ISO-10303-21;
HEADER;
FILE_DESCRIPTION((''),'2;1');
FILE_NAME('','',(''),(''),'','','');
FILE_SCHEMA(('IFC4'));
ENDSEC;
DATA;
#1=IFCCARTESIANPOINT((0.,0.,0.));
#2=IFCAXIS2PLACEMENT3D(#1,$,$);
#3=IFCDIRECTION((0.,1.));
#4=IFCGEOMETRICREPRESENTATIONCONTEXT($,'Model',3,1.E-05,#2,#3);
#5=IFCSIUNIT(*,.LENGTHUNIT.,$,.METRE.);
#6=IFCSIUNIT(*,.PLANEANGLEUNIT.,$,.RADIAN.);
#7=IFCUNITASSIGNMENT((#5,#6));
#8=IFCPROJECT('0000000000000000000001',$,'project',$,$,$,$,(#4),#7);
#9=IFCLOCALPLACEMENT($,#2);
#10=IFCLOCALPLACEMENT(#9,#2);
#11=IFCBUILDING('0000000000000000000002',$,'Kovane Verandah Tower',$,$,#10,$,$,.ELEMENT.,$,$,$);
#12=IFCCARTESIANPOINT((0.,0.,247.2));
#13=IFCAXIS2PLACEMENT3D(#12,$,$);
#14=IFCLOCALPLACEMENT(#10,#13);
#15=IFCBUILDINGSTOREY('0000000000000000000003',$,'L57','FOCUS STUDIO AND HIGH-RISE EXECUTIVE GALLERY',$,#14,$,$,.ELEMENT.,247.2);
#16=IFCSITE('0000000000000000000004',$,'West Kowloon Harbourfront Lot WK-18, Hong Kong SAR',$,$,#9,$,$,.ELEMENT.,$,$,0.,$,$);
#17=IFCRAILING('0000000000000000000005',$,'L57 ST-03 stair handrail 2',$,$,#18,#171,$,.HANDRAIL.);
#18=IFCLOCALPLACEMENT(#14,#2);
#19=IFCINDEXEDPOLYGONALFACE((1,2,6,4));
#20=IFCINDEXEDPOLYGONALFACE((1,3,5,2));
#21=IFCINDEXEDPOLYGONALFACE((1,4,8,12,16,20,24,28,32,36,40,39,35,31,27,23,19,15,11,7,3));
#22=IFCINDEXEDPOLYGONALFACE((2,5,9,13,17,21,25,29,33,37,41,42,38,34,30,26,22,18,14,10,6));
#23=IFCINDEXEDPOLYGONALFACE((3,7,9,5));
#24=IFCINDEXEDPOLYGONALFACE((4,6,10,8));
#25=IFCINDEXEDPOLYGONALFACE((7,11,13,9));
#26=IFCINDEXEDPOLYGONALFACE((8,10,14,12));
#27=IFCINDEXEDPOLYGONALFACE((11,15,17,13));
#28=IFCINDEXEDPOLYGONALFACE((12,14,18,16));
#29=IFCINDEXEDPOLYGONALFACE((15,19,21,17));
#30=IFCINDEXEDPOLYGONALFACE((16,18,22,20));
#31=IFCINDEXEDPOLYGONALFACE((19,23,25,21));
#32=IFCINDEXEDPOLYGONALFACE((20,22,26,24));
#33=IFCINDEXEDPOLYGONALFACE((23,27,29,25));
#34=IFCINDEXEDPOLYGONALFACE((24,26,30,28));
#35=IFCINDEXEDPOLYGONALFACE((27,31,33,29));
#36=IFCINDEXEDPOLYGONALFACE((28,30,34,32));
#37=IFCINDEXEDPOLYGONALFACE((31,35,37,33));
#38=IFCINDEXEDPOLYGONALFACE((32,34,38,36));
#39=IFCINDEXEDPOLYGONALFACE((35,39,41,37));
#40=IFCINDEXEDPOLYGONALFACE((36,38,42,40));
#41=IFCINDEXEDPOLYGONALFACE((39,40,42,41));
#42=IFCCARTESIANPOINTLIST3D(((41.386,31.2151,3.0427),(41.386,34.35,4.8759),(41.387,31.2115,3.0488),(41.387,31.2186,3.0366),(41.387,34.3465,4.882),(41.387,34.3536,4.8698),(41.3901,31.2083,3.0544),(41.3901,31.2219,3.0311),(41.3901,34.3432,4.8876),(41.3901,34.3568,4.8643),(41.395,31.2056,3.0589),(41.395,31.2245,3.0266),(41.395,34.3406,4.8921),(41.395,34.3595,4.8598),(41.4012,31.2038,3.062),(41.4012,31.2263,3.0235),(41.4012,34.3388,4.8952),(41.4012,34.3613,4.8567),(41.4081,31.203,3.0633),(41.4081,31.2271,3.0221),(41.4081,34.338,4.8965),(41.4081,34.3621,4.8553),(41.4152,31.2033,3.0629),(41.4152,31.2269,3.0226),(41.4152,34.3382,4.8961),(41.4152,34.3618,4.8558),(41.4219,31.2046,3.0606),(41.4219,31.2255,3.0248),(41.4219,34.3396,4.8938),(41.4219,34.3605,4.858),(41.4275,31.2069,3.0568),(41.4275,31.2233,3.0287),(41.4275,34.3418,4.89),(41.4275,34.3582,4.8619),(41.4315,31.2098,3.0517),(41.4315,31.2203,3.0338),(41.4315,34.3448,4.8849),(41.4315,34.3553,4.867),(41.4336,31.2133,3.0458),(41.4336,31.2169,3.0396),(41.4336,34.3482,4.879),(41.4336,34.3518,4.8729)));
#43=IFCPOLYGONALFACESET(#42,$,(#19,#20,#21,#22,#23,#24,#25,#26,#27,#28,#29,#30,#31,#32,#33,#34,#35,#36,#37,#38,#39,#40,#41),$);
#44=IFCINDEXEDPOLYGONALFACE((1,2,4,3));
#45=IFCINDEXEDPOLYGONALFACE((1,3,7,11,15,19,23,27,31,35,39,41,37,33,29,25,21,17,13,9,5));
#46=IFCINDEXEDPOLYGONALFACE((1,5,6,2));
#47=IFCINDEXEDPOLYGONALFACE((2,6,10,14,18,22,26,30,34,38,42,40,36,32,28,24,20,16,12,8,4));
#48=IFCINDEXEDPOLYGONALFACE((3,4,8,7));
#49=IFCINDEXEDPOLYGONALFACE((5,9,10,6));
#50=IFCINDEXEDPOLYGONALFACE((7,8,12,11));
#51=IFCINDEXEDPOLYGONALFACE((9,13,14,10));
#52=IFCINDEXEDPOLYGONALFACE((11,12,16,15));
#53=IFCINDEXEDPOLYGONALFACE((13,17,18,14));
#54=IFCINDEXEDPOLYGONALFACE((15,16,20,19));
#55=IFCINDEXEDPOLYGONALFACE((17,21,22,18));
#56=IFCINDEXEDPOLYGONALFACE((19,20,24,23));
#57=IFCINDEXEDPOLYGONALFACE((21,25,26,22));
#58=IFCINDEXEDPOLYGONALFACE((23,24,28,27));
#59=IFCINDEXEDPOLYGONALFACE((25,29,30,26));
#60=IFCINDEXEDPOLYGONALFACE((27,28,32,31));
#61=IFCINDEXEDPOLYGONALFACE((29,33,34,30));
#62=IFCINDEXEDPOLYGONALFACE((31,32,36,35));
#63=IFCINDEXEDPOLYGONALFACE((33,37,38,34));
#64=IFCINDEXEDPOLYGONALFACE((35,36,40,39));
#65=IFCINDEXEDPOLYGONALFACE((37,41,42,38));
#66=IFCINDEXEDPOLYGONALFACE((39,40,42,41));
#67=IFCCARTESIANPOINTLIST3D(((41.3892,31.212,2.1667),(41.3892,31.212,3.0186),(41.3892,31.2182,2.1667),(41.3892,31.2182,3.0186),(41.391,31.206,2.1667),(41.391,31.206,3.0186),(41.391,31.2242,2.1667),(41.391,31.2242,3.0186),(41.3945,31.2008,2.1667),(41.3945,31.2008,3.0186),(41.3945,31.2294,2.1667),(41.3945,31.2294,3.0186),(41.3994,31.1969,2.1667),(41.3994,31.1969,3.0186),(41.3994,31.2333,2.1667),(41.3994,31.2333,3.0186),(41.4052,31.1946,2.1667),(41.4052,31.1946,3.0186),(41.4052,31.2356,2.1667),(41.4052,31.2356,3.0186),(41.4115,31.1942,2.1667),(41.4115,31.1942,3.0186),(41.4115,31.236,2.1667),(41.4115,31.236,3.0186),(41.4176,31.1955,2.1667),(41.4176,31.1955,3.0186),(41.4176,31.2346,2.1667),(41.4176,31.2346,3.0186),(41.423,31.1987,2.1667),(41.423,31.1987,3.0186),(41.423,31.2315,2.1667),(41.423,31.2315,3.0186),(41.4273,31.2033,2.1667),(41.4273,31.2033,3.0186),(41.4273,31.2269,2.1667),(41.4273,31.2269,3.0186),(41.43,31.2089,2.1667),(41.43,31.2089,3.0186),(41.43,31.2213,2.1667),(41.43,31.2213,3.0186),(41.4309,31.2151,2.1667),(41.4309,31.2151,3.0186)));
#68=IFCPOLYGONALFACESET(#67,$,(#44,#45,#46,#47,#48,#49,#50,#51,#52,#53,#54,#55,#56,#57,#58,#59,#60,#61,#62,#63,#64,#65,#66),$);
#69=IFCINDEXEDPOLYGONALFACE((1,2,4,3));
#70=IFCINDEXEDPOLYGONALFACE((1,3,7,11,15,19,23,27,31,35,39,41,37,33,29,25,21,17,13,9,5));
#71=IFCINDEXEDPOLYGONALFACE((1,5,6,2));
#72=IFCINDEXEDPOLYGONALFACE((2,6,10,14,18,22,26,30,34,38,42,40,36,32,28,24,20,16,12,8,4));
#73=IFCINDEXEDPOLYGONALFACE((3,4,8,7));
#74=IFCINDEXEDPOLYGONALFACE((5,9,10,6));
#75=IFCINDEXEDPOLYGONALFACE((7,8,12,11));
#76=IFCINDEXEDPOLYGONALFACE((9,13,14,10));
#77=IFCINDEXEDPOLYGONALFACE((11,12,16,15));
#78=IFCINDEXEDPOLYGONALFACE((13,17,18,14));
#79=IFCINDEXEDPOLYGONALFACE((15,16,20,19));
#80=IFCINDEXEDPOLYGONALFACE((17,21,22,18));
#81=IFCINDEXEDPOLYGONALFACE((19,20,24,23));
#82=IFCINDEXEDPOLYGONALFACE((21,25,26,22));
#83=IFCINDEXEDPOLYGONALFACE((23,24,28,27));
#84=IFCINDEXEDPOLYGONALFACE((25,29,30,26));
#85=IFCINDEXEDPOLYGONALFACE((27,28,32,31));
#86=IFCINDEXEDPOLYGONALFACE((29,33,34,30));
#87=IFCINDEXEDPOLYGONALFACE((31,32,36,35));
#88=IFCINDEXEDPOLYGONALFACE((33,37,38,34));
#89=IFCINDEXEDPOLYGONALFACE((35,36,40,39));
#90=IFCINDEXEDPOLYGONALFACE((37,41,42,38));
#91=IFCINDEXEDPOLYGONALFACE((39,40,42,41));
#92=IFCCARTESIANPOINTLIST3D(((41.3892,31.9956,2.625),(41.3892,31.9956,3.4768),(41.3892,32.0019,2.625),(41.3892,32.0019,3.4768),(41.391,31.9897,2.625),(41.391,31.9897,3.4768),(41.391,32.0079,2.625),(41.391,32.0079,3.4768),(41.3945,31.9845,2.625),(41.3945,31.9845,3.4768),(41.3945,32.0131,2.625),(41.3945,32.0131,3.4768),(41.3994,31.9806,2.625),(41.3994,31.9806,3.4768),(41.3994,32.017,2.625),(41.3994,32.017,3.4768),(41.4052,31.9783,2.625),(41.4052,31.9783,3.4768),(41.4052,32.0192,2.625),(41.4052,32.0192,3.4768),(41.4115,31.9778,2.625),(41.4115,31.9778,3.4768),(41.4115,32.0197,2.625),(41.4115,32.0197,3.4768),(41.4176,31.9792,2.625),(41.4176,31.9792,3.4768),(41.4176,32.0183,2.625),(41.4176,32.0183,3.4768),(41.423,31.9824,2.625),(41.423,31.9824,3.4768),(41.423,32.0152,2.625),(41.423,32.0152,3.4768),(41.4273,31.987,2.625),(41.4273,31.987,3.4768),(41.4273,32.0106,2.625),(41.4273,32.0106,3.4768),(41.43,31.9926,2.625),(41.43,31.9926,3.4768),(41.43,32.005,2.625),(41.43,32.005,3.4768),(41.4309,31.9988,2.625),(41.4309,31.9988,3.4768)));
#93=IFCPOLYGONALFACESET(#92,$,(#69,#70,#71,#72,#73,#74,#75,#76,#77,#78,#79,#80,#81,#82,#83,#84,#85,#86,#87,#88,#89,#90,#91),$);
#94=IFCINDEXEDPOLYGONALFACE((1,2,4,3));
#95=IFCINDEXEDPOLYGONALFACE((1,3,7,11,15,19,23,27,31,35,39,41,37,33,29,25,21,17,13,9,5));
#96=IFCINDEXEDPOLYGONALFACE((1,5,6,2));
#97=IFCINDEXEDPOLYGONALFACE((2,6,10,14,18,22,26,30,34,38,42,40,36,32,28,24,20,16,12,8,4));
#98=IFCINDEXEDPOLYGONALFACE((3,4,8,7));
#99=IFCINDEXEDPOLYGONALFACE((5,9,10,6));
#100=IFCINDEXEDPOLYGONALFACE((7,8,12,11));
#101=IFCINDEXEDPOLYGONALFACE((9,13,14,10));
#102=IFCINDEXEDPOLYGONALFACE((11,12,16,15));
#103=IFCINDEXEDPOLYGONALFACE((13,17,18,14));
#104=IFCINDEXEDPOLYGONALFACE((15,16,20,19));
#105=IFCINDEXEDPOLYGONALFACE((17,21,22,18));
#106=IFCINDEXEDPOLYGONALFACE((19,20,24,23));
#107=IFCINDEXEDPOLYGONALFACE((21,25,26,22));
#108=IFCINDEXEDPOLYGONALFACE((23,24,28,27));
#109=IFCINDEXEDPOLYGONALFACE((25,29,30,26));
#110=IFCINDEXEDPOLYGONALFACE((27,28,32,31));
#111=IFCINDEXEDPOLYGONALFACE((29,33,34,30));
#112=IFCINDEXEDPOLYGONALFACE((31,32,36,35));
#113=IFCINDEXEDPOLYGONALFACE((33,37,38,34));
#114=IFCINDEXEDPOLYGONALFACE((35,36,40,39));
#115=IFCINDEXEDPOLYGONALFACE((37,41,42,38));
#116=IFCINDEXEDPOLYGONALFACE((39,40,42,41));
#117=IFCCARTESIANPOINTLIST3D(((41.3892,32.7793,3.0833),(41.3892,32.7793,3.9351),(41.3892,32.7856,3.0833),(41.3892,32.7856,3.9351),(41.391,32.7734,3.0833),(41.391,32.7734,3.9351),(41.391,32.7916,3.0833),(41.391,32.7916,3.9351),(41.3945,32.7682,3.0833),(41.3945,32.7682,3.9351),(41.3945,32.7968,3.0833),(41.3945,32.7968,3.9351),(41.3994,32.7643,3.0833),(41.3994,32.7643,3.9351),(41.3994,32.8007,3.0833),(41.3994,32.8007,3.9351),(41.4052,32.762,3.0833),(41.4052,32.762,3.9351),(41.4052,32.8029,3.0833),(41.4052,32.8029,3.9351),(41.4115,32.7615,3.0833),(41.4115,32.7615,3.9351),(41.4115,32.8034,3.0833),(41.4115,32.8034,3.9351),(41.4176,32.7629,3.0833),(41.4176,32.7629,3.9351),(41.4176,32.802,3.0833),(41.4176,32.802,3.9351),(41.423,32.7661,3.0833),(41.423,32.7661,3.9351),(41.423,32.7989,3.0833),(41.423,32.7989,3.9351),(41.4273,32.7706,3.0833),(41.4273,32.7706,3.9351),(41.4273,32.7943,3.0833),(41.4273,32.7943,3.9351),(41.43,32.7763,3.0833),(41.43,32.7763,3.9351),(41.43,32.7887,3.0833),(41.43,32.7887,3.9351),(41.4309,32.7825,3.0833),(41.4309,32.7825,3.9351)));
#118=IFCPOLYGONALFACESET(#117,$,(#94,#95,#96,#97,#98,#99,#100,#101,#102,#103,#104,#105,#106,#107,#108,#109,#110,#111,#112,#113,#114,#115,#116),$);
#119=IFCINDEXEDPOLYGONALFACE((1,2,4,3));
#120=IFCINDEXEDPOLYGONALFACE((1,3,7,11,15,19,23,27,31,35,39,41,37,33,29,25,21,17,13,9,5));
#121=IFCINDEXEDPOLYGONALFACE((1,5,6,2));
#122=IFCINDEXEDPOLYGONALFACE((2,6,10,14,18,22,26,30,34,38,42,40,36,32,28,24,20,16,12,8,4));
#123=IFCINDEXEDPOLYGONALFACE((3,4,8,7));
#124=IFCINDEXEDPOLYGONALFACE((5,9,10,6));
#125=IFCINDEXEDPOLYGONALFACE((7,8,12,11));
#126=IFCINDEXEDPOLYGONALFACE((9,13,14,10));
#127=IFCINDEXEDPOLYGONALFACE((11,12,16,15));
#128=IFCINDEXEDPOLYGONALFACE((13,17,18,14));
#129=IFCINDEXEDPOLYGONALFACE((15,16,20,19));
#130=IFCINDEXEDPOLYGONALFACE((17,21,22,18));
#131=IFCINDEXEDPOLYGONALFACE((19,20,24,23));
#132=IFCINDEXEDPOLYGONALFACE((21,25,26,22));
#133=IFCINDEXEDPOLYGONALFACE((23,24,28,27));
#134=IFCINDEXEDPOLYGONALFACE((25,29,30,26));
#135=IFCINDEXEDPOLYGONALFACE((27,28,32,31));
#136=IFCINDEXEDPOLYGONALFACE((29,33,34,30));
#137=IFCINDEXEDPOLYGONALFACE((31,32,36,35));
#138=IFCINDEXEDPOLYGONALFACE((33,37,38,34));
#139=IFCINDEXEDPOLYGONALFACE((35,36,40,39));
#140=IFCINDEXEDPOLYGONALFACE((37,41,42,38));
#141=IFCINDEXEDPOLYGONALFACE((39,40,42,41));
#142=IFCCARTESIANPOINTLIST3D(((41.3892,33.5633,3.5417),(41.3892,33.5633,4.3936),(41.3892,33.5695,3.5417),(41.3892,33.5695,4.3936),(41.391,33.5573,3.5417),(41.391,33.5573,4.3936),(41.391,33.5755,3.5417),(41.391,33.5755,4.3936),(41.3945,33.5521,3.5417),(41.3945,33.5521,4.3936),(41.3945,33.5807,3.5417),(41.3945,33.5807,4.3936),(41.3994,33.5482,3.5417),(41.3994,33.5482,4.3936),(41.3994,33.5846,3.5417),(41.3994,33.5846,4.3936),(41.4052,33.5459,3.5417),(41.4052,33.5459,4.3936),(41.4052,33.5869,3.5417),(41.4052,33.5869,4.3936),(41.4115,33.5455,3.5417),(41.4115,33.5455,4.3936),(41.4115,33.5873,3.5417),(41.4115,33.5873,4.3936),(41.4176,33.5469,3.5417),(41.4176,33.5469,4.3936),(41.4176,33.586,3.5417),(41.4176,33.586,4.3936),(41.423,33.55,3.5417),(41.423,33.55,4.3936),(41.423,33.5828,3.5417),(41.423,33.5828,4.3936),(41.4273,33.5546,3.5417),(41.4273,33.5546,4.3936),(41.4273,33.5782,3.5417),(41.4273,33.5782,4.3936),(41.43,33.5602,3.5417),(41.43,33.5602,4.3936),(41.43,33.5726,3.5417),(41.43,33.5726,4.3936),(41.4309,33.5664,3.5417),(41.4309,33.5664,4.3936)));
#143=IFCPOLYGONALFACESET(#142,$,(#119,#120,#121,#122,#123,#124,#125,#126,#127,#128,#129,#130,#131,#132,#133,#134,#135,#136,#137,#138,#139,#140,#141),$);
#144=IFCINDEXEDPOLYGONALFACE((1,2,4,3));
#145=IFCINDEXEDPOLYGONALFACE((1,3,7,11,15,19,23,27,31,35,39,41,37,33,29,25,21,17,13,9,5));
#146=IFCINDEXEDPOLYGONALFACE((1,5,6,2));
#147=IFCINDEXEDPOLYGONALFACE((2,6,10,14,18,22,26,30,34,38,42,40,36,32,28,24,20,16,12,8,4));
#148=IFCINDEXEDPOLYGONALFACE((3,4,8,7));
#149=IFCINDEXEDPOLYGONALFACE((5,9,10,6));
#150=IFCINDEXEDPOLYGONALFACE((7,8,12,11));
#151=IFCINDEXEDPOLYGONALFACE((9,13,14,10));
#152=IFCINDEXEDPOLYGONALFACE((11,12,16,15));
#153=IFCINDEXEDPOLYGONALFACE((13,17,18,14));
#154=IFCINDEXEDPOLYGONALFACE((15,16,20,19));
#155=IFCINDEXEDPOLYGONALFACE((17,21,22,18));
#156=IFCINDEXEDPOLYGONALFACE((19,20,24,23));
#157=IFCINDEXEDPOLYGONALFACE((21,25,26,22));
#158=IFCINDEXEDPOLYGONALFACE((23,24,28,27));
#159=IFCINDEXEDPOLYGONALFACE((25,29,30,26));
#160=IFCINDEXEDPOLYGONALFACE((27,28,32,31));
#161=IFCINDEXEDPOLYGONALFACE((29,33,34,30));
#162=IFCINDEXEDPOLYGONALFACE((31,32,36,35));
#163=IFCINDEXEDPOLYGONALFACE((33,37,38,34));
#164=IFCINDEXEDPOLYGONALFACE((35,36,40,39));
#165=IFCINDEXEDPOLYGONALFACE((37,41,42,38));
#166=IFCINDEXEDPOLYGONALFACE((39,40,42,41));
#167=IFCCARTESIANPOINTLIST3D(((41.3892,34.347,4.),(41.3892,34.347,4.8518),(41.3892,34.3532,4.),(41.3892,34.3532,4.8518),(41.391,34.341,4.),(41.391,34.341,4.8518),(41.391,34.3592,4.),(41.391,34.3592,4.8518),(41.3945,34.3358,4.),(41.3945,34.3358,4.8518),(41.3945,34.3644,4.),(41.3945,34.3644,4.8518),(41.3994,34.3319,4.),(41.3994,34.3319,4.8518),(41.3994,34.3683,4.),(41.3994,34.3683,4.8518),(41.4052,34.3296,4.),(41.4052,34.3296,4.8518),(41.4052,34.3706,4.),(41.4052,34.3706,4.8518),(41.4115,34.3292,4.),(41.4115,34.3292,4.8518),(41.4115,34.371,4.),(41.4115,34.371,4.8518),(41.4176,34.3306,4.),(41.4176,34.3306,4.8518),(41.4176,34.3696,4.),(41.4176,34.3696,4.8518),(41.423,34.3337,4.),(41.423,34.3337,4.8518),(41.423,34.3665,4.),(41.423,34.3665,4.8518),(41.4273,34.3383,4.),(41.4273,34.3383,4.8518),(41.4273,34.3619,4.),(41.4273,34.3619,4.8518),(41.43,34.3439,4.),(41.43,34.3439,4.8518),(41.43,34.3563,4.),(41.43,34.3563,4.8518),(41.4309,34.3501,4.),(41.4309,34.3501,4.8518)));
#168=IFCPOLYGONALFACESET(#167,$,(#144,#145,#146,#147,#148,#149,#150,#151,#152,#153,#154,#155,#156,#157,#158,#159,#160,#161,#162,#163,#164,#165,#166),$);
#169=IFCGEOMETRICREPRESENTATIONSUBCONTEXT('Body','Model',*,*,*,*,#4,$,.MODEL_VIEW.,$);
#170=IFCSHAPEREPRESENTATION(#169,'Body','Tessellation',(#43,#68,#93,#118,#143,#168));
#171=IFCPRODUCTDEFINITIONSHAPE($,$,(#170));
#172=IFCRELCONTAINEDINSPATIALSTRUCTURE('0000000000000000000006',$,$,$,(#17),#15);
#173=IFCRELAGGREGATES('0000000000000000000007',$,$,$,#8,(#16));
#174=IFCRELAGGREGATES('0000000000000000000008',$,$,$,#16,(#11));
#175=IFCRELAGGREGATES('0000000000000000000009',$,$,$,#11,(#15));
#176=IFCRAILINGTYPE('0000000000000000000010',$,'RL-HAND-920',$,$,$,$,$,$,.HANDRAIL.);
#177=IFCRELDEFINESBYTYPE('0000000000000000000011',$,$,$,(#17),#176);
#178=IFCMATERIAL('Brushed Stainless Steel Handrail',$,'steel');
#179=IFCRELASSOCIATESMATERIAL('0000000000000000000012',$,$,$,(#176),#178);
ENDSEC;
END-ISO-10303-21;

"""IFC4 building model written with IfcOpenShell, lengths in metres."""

from ifc_helpers import new_model, si_unit, direction, frame, origin, origin_2d, place, context, subcontext, project, spatial, circle, extrude, material, type_object, element, save


model = new_model("IFC4")

# Units and contexts
model_context = context("Model", 3, precision=1e-05, world=origin(), true_north=direction((0.0, 1.0)))
body_context = subcontext(model_context, "Body", "Model", "MODEL_VIEW")
ifc_project = project(units=[si_unit("LENGTHUNIT", "METRE"), si_unit("PLANEANGLEUNIT", "RADIAN")], contexts=[model_context])

# Site, building, storey
site_placement = place(None, origin())
site = spatial("IfcSite", under=ifc_project, at=site_placement, Name="West Kowloon Harbourfront Lot WK-18, Hong Kong SAR", CompositionType="ELEMENT", RefElevation=0.0)
building_placement = place(site_placement, origin())
building = spatial("IfcBuilding", under=site, at=building_placement, Name="Kovane Verandah Tower", CompositionType="ELEMENT")
storey_placement = place(building_placement, frame((0.0, 0.0, 247.2)))
storey = spatial("IfcBuildingStorey", under=building, at=storey_placement, Name="L57", Description="FOCUS STUDIO AND HIGH-RISE EXECUTIVE GALLERY", CompositionType="ELEMENT", Elevation=247.2)

# Railing
ifc_material_1 = material(Name="Brushed Stainless Steel Handrail", Category="steel")
railing_type_1 = type_object("IfcRailingType", Name="RL-HAND-920", PredefinedType="HANDRAIL", material=ifc_material_1)
railing_1_placement = place(storey_placement, frame((41.4099, 31.2151, 2.1667)))
element("IfcRailing", 1, at=railing_1_placement, inside=storey, type_object=railing_type_1, Name="L57 ST-03 stair handrail 2", PredefinedType="HANDRAIL", context=body_context, shape_type="SweptSolid", body=[
    extrude(circle(Radius=0.0239, at=origin_2d()), frame((0.0, 0.0, 0.876), z_axis=(0.0, 0.86324, 0.504794), x_axis=(-1.0, 0.0, 0.0)), (0.0, 0.0, 1.0), 3.6316),
    extrude(circle(Radius=0.021, at=origin_2d()), origin(), (0.0, 0.0, 1.0), 0.8518),
    extrude(circle(Radius=0.021, at=origin_2d()), frame((0.0, 0.7837, 0.4583)), (0.0, 0.0, 1.0), 0.8518),
    extrude(circle(Radius=0.021, at=origin_2d()), frame((0.0, 1.5674, 0.9165)), (0.0, 0.0, 1.0), 0.8518),
    extrude(circle(Radius=0.021, at=origin_2d()), frame((0.0, 2.3513, 1.375)), (0.0, 0.0, 1.0), 0.8518),
    extrude(circle(Radius=0.021, at=origin_2d()), frame((0.0, 3.135, 1.8333)), (0.0, 0.0, 1.0), 0.8518),
])

save(model, "model.ifc")
